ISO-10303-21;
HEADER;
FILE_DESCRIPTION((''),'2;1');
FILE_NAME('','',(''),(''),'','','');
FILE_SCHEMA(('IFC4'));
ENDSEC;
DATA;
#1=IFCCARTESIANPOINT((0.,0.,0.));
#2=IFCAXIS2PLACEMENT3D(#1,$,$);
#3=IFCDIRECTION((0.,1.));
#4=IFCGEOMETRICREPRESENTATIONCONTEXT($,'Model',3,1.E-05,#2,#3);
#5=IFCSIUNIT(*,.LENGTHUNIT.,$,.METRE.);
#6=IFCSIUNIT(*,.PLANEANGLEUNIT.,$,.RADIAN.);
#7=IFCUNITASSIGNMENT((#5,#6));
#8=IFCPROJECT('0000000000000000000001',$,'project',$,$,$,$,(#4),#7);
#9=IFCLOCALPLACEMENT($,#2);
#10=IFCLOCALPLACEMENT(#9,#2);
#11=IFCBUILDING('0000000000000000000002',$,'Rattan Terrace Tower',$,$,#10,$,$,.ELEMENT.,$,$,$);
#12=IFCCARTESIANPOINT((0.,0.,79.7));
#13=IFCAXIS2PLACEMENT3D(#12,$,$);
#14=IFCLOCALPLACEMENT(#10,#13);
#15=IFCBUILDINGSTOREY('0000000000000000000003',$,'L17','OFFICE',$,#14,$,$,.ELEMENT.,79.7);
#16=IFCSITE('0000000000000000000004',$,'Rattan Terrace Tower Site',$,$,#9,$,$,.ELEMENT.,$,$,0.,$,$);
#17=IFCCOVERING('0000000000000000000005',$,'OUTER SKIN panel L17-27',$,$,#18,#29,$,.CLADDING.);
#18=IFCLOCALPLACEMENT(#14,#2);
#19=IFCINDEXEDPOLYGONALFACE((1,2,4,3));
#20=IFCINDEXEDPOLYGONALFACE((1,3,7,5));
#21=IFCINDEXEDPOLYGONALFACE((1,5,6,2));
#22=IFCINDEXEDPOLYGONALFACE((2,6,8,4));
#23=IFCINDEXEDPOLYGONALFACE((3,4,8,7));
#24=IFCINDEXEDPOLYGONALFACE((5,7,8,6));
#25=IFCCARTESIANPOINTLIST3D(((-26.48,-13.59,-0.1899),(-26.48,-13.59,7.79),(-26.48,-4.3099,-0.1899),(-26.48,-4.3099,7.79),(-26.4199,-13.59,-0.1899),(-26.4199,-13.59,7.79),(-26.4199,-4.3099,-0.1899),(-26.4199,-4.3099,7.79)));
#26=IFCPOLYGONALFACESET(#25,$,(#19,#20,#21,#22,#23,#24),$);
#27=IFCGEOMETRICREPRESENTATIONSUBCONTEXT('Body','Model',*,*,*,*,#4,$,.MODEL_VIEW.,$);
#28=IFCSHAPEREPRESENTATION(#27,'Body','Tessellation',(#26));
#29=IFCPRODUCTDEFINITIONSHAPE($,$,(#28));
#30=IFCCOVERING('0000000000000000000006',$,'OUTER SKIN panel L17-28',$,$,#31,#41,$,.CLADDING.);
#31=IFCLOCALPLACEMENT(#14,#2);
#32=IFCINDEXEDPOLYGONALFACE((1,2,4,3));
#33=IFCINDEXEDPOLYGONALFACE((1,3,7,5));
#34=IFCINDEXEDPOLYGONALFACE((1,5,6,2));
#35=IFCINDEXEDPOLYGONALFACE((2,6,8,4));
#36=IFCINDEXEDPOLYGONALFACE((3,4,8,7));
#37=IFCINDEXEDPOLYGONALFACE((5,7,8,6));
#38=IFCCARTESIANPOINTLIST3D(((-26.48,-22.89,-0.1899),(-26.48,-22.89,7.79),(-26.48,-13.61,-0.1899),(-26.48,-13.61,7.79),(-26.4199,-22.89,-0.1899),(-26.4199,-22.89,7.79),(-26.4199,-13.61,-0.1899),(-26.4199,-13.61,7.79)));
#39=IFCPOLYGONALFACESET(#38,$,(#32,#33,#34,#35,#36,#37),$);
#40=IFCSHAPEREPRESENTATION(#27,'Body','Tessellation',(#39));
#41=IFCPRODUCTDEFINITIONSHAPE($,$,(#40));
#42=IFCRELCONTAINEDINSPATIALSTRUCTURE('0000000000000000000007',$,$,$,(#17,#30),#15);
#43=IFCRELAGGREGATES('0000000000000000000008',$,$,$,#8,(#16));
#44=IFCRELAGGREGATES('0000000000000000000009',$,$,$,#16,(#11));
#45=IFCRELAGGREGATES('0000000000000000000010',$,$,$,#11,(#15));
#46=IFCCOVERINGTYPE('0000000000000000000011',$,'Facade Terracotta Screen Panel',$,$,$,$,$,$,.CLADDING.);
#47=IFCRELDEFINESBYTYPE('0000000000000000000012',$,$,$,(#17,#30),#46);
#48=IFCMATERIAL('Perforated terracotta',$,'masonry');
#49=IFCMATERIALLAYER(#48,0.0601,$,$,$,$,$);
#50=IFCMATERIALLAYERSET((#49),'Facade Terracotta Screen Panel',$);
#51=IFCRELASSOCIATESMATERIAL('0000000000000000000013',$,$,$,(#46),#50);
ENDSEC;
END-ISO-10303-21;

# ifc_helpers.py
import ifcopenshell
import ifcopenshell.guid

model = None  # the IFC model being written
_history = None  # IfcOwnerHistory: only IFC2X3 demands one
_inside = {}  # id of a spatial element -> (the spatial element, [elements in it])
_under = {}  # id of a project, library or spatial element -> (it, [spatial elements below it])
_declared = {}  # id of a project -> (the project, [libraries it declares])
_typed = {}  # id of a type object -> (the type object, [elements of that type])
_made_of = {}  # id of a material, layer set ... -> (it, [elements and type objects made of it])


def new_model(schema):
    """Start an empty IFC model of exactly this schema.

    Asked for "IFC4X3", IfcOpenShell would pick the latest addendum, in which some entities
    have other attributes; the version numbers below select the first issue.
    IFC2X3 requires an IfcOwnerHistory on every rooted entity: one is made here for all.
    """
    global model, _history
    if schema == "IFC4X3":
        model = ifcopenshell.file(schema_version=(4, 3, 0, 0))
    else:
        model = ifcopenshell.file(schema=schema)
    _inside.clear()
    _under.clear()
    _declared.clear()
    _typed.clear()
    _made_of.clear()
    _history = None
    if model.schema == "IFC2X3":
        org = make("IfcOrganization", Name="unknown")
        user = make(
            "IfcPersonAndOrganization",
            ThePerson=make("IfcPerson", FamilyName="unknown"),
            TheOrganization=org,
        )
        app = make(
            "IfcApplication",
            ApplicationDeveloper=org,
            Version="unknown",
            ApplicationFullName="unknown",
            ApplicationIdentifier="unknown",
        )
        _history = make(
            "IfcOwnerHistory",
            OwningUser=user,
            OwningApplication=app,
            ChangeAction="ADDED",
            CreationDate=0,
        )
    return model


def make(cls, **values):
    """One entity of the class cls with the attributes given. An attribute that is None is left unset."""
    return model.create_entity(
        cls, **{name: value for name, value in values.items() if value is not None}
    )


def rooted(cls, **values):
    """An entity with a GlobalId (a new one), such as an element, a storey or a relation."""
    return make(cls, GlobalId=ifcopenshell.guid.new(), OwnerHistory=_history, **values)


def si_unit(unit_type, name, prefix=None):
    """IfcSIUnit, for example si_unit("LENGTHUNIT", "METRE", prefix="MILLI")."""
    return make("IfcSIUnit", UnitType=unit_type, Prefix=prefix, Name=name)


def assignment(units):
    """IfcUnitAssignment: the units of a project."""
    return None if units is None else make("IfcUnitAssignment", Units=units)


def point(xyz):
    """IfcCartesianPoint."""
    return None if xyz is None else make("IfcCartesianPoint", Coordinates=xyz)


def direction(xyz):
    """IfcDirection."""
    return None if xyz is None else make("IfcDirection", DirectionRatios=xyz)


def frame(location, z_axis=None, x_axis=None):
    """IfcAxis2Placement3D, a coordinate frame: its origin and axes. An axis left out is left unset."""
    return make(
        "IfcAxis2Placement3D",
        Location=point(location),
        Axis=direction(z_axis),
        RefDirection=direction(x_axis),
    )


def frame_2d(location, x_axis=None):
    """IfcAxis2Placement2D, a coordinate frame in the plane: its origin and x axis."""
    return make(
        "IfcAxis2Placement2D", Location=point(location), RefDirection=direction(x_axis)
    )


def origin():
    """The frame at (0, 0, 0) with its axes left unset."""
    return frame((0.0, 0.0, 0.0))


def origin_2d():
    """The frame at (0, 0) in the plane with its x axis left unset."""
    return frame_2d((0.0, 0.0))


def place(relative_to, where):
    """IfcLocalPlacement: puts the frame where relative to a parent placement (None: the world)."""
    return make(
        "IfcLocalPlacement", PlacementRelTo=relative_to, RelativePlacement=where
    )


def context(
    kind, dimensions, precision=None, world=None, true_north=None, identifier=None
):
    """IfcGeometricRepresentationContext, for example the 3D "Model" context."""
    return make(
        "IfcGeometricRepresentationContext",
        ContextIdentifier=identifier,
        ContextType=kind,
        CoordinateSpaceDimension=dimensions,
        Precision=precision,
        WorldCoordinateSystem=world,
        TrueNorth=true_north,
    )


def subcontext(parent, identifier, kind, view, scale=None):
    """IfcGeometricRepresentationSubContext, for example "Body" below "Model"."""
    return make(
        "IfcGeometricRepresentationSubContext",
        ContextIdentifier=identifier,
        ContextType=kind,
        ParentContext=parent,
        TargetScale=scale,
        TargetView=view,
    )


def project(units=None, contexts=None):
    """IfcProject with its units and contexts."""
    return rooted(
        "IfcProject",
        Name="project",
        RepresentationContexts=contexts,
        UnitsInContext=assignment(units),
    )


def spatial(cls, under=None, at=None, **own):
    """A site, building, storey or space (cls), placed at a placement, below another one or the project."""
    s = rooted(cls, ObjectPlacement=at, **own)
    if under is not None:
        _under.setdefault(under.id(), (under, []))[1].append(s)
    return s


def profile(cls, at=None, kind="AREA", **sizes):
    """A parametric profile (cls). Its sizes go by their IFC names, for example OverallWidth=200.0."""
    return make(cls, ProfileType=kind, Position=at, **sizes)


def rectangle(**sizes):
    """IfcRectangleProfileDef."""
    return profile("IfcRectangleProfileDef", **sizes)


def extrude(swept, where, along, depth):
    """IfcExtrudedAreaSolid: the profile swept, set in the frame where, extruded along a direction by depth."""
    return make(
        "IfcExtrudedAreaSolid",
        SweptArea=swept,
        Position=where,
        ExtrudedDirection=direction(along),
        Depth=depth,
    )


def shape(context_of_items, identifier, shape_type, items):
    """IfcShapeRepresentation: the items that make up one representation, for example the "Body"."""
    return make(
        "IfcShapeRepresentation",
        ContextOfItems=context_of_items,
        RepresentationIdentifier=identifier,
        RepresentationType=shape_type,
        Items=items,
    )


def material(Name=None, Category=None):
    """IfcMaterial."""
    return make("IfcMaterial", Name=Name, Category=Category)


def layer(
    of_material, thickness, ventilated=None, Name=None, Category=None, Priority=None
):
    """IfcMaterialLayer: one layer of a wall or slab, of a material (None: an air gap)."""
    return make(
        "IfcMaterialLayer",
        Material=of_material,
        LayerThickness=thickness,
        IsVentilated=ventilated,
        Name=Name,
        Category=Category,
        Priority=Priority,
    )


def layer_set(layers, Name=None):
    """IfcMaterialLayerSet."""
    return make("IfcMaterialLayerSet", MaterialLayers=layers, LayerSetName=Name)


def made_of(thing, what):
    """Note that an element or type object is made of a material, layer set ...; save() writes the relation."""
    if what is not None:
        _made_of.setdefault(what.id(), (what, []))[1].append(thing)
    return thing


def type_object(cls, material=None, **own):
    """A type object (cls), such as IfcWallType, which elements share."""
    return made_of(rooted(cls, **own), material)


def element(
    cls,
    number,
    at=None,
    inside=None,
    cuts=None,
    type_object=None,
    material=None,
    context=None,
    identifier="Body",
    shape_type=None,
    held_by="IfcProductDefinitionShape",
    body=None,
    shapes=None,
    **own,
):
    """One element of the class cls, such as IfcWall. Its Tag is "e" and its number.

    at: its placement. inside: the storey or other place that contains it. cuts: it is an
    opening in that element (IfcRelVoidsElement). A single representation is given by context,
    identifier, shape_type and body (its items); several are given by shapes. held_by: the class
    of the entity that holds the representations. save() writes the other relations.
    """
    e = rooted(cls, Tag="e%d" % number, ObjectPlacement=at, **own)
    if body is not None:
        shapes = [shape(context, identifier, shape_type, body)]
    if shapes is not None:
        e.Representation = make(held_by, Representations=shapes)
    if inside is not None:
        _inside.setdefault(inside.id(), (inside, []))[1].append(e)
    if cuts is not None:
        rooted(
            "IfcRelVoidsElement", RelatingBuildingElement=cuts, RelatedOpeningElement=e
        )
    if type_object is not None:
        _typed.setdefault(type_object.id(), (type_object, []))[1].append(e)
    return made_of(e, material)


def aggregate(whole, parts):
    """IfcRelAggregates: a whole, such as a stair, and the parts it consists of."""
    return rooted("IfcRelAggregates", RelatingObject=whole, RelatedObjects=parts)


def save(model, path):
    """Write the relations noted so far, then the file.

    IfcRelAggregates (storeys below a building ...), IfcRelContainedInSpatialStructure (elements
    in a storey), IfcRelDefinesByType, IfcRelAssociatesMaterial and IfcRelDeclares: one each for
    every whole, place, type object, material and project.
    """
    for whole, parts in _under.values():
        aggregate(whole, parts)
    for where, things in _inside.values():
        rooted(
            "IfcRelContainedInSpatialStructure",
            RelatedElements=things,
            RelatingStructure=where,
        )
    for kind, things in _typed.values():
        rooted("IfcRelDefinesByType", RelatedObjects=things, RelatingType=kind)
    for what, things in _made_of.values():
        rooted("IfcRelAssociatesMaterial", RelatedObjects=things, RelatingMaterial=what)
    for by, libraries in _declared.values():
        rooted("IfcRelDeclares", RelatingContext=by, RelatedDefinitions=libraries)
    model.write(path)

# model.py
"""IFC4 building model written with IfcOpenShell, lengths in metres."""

from ifc_helpers import new_model, si_unit, direction, frame, origin, origin_2d, place, context, subcontext, project, spatial, rectangle, extrude, material, layer, layer_set, type_object, element, save


model = new_model("IFC4")

# Units and contexts
model_context = context("Model", 3, precision=1e-05, world=origin(), true_north=direction((0.0, 1.0)))
body_context = subcontext(model_context, "Body", "Model", "MODEL_VIEW")
ifc_project = project(units=[si_unit("LENGTHUNIT", "METRE"), si_unit("PLANEANGLEUNIT", "RADIAN")], contexts=[model_context])

# Site, building, storey
site_placement = place(None, origin())
site = spatial("IfcSite", under=ifc_project, at=site_placement, Name="Rattan Terrace Tower Site", CompositionType="ELEMENT", RefElevation=0.0)
building_placement = place(site_placement, origin())
building = spatial("IfcBuilding", under=site, at=building_placement, Name="Rattan Terrace Tower", CompositionType="ELEMENT")
storey_placement = place(building_placement, frame((0.0, 0.0, 79.7)))
storey = spatial("IfcBuildingStorey", under=building, at=storey_placement, Name="L17", Description="OFFICE", CompositionType="ELEMENT", Elevation=79.7)

# Coverings
ifc_material_1 = material(Name="Perforated terracotta", Category="masonry")
ifc_layer_1 = layer(ifc_material_1, 0.0601)
ifc_layer_set_1 = layer_set([ifc_layer_1], Name="Facade Terracotta Screen Panel")
covering_type = type_object("IfcCoveringType", Name="Facade Terracotta Screen Panel", PredefinedType="CLADDING", material=ifc_layer_set_1)
for number, where, z_axis, x_axis, name in (
    (1, (-26.45, -8.95, -0.1899), (0.0, 0.0, 1.0), (0.0, -1.0, 0.0), "OUTER SKIN panel L17-27"),
    (2, (-26.45, -18.25, -0.1899), (0.0, 0.0, 1.0), (0.0, -1.0, 0.0), "OUTER SKIN panel L17-28"),
):
    element("IfcCovering", number, at=place(storey_placement, frame(where, z_axis=z_axis, x_axis=x_axis)), inside=storey, type_object=covering_type, Name=name, PredefinedType="CLADDING", context=body_context, shape_type="SweptSolid", body=[
        extrude(rectangle(XDim=9.28, YDim=0.0601, at=origin_2d()), origin(), (0.0, 0.0, 1.0), 7.98),
    ])

save(model, "model.ifc")
